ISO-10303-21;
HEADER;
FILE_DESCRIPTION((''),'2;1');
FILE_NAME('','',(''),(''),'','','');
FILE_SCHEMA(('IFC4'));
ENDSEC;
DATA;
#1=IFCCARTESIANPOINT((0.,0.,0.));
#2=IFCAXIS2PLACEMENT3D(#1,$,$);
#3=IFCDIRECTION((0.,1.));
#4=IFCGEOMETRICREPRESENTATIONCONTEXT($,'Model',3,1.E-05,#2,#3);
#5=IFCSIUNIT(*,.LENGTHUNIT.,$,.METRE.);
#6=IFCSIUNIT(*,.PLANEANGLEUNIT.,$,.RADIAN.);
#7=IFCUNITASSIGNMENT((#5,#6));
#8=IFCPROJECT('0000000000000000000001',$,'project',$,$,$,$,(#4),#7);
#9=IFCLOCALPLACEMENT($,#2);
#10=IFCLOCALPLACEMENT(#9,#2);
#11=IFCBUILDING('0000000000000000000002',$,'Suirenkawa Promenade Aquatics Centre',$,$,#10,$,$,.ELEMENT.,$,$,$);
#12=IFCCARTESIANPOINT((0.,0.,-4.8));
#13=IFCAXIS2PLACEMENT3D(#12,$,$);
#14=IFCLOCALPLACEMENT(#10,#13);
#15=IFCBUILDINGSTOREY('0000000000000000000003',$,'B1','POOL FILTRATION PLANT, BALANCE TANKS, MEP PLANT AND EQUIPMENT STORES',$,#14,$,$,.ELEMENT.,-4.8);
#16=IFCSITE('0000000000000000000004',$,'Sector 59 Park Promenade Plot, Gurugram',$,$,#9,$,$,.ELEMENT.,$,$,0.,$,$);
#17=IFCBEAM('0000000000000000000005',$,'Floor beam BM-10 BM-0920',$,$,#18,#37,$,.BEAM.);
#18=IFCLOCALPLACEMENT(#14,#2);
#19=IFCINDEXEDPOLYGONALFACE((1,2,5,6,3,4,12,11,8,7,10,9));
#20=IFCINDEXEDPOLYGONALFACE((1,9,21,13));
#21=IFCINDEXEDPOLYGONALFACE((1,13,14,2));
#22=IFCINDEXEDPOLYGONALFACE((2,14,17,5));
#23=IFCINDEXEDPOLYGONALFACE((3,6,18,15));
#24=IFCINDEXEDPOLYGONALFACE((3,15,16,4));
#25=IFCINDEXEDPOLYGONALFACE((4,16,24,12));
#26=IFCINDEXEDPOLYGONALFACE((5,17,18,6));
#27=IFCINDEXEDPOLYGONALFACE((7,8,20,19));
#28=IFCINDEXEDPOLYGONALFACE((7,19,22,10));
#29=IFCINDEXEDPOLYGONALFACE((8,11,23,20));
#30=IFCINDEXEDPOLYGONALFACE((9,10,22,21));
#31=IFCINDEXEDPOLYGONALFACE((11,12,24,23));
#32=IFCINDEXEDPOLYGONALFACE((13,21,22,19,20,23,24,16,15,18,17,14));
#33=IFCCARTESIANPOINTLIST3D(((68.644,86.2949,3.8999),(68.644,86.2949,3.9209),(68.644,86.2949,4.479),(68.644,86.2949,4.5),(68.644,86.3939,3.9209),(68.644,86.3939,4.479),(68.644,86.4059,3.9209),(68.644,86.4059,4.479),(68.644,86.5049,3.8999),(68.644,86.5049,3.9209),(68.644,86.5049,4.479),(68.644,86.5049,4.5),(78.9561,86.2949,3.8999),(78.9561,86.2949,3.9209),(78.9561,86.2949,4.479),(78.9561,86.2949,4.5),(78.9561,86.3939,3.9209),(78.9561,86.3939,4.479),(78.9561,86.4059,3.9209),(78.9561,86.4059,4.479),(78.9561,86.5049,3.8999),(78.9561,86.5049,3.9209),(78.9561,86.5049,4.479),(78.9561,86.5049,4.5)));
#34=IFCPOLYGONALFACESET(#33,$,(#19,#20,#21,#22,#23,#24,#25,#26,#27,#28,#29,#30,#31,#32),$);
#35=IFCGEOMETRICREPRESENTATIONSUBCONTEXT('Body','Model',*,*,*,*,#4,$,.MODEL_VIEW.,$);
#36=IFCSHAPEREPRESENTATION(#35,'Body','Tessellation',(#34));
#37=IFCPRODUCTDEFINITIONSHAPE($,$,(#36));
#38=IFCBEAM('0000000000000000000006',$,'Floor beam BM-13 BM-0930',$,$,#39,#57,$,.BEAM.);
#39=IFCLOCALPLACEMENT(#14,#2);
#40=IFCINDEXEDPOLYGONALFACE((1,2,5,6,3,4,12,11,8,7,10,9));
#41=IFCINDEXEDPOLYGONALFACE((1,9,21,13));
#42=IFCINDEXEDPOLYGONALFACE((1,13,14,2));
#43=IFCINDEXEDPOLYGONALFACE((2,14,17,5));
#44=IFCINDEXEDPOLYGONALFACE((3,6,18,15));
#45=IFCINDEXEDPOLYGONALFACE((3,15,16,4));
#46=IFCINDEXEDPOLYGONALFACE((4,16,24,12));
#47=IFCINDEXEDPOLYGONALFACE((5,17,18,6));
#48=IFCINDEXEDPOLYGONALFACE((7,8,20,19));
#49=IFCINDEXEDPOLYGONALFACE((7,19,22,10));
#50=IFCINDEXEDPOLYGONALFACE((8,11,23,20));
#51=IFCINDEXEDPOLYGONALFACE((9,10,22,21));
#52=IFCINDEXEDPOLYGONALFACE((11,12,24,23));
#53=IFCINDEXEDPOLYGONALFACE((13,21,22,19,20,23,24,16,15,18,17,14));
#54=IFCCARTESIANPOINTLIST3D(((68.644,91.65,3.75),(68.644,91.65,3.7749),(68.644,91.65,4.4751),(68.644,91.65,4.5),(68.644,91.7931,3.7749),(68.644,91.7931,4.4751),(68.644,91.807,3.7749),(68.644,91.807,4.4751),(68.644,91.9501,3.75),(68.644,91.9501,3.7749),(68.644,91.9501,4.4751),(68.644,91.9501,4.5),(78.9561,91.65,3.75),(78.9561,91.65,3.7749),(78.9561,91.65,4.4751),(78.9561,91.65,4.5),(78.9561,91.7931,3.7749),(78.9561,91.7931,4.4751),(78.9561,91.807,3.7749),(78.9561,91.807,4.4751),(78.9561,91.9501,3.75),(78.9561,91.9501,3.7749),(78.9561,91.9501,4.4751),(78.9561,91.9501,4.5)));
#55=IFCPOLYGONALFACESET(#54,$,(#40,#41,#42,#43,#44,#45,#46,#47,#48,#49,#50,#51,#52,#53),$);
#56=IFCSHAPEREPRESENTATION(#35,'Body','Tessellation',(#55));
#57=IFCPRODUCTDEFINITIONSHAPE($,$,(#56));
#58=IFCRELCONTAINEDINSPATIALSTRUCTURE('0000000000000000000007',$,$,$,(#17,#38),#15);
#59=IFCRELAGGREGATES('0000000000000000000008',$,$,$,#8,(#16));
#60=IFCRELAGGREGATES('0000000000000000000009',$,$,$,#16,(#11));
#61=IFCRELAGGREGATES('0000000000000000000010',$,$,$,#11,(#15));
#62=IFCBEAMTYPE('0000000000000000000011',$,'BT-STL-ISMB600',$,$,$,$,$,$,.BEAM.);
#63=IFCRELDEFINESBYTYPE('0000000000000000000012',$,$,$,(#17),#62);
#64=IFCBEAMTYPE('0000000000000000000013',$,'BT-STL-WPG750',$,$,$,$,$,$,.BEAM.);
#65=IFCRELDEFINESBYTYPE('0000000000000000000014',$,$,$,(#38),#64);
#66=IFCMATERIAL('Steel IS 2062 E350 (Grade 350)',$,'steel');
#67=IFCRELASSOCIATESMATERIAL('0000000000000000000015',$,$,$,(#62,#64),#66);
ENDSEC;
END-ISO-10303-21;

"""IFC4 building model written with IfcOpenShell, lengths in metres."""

from ifc_helpers import new_model, si_unit, direction, frame, origin, origin_2d, place, context, subcontext, project, spatial, i_section, extrude, material, material_profile, profile_set, type_object, element, save


model = new_model("IFC4")

# Units and contexts
model_context = context("Model", 3, precision=1e-05, world=origin(), true_north=direction((0.0, 1.0)))
body_context = subcontext(model_context, "Body", "Model", "MODEL_VIEW")
ifc_project = project(units=[si_unit("LENGTHUNIT", "METRE"), si_unit("PLANEANGLEUNIT", "RADIAN")], contexts=[model_context])

# Site, building, storey
site_placement = place(None, origin())
site = spatial("IfcSite", under=ifc_project, at=site_placement, Name="Sector 59 Park Promenade Plot, Gurugram", CompositionType="ELEMENT", RefElevation=0.0)
building_placement = place(site_placement, origin())
building = spatial("IfcBuilding", under=site, at=building_placement, Name="Suirenkawa Promenade Aquatics Centre", CompositionType="ELEMENT")
storey_placement = place(building_placement, frame((0.0, 0.0, -4.8)))
storey = spatial("IfcBuildingStorey", under=building, at=storey_placement, Name="B1", Description="POOL FILTRATION PLANT, BALANCE TANKS, MEP PLANT AND EQUIPMENT STORES", CompositionType="ELEMENT", Elevation=-4.8)

# Beams
ifc_material_1 = material(Name="Steel IS 2062 E350 (Grade 350)", Category="steel")
ifc_material_profile_1 = material_profile(ifc_material_1, i_section(OverallWidth=0.21, OverallDepth=0.6001, WebThickness=0.012, FlangeThickness=0.021, at=origin_2d()), Name="ISMB 600", Category="steel")
ifc_profile_set_1 = profile_set([ifc_material_profile_1], Name="Steel IS 2062 E350 (Grade 350)")
beam_type_1 = type_object("IfcBeamType", Name="BT-STL-ISMB600", PredefinedType="BEAM", material=ifc_profile_set_1)
beam_1_placement = place(storey_placement, frame((68.644, 86.3999, 4.2), z_axis=(1.0, 0.0, 0.0), x_axis=(0.0, 1.0, 0.0)))
element("IfcBeam", 1, at=beam_1_placement, inside=storey, type_object=beam_type_1, Name="Floor beam BM-10 BM-0920", PredefinedType="BEAM", context=body_context, shape_type="SweptSolid", body=[
    extrude(i_section(OverallWidth=0.21, OverallDepth=0.6001, WebThickness=0.012, FlangeThickness=0.021, at=origin_2d()), origin(), (0.0, 0.0, 1.0), 10.312),
])
ifc_material_profile_2 = material_profile(ifc_material_1, i_section(OverallWidth=0.3, OverallDepth=0.75, WebThickness=0.0139, FlangeThickness=0.0249, at=origin_2d()), Name="WPG 750x300", Category="steel")
ifc_profile_set_2 = profile_set([ifc_material_profile_2], Name="Steel IS 2062 E350 (Grade 350)")
beam_type_2 = type_object("IfcBeamType", Name="BT-STL-WPG750", PredefinedType="BEAM", material=ifc_profile_set_2)
beam_2_placement = place(storey_placement, frame((68.644, 91.8, 4.125), z_axis=(1.0, 0.0, 0.0), x_axis=(0.0, 1.0, 0.0)))
element("IfcBeam", 2, at=beam_2_placement, inside=storey, type_object=beam_type_2, Name="Floor beam BM-13 BM-0930", PredefinedType="BEAM", context=body_context, shape_type="SweptSolid", body=[
    extrude(i_section(OverallWidth=0.3, OverallDepth=0.75, WebThickness=0.0139, FlangeThickness=0.0249, at=origin_2d()), origin(), (0.0, 0.0, 1.0), 10.312),
])

save(model, "model.ifc")
